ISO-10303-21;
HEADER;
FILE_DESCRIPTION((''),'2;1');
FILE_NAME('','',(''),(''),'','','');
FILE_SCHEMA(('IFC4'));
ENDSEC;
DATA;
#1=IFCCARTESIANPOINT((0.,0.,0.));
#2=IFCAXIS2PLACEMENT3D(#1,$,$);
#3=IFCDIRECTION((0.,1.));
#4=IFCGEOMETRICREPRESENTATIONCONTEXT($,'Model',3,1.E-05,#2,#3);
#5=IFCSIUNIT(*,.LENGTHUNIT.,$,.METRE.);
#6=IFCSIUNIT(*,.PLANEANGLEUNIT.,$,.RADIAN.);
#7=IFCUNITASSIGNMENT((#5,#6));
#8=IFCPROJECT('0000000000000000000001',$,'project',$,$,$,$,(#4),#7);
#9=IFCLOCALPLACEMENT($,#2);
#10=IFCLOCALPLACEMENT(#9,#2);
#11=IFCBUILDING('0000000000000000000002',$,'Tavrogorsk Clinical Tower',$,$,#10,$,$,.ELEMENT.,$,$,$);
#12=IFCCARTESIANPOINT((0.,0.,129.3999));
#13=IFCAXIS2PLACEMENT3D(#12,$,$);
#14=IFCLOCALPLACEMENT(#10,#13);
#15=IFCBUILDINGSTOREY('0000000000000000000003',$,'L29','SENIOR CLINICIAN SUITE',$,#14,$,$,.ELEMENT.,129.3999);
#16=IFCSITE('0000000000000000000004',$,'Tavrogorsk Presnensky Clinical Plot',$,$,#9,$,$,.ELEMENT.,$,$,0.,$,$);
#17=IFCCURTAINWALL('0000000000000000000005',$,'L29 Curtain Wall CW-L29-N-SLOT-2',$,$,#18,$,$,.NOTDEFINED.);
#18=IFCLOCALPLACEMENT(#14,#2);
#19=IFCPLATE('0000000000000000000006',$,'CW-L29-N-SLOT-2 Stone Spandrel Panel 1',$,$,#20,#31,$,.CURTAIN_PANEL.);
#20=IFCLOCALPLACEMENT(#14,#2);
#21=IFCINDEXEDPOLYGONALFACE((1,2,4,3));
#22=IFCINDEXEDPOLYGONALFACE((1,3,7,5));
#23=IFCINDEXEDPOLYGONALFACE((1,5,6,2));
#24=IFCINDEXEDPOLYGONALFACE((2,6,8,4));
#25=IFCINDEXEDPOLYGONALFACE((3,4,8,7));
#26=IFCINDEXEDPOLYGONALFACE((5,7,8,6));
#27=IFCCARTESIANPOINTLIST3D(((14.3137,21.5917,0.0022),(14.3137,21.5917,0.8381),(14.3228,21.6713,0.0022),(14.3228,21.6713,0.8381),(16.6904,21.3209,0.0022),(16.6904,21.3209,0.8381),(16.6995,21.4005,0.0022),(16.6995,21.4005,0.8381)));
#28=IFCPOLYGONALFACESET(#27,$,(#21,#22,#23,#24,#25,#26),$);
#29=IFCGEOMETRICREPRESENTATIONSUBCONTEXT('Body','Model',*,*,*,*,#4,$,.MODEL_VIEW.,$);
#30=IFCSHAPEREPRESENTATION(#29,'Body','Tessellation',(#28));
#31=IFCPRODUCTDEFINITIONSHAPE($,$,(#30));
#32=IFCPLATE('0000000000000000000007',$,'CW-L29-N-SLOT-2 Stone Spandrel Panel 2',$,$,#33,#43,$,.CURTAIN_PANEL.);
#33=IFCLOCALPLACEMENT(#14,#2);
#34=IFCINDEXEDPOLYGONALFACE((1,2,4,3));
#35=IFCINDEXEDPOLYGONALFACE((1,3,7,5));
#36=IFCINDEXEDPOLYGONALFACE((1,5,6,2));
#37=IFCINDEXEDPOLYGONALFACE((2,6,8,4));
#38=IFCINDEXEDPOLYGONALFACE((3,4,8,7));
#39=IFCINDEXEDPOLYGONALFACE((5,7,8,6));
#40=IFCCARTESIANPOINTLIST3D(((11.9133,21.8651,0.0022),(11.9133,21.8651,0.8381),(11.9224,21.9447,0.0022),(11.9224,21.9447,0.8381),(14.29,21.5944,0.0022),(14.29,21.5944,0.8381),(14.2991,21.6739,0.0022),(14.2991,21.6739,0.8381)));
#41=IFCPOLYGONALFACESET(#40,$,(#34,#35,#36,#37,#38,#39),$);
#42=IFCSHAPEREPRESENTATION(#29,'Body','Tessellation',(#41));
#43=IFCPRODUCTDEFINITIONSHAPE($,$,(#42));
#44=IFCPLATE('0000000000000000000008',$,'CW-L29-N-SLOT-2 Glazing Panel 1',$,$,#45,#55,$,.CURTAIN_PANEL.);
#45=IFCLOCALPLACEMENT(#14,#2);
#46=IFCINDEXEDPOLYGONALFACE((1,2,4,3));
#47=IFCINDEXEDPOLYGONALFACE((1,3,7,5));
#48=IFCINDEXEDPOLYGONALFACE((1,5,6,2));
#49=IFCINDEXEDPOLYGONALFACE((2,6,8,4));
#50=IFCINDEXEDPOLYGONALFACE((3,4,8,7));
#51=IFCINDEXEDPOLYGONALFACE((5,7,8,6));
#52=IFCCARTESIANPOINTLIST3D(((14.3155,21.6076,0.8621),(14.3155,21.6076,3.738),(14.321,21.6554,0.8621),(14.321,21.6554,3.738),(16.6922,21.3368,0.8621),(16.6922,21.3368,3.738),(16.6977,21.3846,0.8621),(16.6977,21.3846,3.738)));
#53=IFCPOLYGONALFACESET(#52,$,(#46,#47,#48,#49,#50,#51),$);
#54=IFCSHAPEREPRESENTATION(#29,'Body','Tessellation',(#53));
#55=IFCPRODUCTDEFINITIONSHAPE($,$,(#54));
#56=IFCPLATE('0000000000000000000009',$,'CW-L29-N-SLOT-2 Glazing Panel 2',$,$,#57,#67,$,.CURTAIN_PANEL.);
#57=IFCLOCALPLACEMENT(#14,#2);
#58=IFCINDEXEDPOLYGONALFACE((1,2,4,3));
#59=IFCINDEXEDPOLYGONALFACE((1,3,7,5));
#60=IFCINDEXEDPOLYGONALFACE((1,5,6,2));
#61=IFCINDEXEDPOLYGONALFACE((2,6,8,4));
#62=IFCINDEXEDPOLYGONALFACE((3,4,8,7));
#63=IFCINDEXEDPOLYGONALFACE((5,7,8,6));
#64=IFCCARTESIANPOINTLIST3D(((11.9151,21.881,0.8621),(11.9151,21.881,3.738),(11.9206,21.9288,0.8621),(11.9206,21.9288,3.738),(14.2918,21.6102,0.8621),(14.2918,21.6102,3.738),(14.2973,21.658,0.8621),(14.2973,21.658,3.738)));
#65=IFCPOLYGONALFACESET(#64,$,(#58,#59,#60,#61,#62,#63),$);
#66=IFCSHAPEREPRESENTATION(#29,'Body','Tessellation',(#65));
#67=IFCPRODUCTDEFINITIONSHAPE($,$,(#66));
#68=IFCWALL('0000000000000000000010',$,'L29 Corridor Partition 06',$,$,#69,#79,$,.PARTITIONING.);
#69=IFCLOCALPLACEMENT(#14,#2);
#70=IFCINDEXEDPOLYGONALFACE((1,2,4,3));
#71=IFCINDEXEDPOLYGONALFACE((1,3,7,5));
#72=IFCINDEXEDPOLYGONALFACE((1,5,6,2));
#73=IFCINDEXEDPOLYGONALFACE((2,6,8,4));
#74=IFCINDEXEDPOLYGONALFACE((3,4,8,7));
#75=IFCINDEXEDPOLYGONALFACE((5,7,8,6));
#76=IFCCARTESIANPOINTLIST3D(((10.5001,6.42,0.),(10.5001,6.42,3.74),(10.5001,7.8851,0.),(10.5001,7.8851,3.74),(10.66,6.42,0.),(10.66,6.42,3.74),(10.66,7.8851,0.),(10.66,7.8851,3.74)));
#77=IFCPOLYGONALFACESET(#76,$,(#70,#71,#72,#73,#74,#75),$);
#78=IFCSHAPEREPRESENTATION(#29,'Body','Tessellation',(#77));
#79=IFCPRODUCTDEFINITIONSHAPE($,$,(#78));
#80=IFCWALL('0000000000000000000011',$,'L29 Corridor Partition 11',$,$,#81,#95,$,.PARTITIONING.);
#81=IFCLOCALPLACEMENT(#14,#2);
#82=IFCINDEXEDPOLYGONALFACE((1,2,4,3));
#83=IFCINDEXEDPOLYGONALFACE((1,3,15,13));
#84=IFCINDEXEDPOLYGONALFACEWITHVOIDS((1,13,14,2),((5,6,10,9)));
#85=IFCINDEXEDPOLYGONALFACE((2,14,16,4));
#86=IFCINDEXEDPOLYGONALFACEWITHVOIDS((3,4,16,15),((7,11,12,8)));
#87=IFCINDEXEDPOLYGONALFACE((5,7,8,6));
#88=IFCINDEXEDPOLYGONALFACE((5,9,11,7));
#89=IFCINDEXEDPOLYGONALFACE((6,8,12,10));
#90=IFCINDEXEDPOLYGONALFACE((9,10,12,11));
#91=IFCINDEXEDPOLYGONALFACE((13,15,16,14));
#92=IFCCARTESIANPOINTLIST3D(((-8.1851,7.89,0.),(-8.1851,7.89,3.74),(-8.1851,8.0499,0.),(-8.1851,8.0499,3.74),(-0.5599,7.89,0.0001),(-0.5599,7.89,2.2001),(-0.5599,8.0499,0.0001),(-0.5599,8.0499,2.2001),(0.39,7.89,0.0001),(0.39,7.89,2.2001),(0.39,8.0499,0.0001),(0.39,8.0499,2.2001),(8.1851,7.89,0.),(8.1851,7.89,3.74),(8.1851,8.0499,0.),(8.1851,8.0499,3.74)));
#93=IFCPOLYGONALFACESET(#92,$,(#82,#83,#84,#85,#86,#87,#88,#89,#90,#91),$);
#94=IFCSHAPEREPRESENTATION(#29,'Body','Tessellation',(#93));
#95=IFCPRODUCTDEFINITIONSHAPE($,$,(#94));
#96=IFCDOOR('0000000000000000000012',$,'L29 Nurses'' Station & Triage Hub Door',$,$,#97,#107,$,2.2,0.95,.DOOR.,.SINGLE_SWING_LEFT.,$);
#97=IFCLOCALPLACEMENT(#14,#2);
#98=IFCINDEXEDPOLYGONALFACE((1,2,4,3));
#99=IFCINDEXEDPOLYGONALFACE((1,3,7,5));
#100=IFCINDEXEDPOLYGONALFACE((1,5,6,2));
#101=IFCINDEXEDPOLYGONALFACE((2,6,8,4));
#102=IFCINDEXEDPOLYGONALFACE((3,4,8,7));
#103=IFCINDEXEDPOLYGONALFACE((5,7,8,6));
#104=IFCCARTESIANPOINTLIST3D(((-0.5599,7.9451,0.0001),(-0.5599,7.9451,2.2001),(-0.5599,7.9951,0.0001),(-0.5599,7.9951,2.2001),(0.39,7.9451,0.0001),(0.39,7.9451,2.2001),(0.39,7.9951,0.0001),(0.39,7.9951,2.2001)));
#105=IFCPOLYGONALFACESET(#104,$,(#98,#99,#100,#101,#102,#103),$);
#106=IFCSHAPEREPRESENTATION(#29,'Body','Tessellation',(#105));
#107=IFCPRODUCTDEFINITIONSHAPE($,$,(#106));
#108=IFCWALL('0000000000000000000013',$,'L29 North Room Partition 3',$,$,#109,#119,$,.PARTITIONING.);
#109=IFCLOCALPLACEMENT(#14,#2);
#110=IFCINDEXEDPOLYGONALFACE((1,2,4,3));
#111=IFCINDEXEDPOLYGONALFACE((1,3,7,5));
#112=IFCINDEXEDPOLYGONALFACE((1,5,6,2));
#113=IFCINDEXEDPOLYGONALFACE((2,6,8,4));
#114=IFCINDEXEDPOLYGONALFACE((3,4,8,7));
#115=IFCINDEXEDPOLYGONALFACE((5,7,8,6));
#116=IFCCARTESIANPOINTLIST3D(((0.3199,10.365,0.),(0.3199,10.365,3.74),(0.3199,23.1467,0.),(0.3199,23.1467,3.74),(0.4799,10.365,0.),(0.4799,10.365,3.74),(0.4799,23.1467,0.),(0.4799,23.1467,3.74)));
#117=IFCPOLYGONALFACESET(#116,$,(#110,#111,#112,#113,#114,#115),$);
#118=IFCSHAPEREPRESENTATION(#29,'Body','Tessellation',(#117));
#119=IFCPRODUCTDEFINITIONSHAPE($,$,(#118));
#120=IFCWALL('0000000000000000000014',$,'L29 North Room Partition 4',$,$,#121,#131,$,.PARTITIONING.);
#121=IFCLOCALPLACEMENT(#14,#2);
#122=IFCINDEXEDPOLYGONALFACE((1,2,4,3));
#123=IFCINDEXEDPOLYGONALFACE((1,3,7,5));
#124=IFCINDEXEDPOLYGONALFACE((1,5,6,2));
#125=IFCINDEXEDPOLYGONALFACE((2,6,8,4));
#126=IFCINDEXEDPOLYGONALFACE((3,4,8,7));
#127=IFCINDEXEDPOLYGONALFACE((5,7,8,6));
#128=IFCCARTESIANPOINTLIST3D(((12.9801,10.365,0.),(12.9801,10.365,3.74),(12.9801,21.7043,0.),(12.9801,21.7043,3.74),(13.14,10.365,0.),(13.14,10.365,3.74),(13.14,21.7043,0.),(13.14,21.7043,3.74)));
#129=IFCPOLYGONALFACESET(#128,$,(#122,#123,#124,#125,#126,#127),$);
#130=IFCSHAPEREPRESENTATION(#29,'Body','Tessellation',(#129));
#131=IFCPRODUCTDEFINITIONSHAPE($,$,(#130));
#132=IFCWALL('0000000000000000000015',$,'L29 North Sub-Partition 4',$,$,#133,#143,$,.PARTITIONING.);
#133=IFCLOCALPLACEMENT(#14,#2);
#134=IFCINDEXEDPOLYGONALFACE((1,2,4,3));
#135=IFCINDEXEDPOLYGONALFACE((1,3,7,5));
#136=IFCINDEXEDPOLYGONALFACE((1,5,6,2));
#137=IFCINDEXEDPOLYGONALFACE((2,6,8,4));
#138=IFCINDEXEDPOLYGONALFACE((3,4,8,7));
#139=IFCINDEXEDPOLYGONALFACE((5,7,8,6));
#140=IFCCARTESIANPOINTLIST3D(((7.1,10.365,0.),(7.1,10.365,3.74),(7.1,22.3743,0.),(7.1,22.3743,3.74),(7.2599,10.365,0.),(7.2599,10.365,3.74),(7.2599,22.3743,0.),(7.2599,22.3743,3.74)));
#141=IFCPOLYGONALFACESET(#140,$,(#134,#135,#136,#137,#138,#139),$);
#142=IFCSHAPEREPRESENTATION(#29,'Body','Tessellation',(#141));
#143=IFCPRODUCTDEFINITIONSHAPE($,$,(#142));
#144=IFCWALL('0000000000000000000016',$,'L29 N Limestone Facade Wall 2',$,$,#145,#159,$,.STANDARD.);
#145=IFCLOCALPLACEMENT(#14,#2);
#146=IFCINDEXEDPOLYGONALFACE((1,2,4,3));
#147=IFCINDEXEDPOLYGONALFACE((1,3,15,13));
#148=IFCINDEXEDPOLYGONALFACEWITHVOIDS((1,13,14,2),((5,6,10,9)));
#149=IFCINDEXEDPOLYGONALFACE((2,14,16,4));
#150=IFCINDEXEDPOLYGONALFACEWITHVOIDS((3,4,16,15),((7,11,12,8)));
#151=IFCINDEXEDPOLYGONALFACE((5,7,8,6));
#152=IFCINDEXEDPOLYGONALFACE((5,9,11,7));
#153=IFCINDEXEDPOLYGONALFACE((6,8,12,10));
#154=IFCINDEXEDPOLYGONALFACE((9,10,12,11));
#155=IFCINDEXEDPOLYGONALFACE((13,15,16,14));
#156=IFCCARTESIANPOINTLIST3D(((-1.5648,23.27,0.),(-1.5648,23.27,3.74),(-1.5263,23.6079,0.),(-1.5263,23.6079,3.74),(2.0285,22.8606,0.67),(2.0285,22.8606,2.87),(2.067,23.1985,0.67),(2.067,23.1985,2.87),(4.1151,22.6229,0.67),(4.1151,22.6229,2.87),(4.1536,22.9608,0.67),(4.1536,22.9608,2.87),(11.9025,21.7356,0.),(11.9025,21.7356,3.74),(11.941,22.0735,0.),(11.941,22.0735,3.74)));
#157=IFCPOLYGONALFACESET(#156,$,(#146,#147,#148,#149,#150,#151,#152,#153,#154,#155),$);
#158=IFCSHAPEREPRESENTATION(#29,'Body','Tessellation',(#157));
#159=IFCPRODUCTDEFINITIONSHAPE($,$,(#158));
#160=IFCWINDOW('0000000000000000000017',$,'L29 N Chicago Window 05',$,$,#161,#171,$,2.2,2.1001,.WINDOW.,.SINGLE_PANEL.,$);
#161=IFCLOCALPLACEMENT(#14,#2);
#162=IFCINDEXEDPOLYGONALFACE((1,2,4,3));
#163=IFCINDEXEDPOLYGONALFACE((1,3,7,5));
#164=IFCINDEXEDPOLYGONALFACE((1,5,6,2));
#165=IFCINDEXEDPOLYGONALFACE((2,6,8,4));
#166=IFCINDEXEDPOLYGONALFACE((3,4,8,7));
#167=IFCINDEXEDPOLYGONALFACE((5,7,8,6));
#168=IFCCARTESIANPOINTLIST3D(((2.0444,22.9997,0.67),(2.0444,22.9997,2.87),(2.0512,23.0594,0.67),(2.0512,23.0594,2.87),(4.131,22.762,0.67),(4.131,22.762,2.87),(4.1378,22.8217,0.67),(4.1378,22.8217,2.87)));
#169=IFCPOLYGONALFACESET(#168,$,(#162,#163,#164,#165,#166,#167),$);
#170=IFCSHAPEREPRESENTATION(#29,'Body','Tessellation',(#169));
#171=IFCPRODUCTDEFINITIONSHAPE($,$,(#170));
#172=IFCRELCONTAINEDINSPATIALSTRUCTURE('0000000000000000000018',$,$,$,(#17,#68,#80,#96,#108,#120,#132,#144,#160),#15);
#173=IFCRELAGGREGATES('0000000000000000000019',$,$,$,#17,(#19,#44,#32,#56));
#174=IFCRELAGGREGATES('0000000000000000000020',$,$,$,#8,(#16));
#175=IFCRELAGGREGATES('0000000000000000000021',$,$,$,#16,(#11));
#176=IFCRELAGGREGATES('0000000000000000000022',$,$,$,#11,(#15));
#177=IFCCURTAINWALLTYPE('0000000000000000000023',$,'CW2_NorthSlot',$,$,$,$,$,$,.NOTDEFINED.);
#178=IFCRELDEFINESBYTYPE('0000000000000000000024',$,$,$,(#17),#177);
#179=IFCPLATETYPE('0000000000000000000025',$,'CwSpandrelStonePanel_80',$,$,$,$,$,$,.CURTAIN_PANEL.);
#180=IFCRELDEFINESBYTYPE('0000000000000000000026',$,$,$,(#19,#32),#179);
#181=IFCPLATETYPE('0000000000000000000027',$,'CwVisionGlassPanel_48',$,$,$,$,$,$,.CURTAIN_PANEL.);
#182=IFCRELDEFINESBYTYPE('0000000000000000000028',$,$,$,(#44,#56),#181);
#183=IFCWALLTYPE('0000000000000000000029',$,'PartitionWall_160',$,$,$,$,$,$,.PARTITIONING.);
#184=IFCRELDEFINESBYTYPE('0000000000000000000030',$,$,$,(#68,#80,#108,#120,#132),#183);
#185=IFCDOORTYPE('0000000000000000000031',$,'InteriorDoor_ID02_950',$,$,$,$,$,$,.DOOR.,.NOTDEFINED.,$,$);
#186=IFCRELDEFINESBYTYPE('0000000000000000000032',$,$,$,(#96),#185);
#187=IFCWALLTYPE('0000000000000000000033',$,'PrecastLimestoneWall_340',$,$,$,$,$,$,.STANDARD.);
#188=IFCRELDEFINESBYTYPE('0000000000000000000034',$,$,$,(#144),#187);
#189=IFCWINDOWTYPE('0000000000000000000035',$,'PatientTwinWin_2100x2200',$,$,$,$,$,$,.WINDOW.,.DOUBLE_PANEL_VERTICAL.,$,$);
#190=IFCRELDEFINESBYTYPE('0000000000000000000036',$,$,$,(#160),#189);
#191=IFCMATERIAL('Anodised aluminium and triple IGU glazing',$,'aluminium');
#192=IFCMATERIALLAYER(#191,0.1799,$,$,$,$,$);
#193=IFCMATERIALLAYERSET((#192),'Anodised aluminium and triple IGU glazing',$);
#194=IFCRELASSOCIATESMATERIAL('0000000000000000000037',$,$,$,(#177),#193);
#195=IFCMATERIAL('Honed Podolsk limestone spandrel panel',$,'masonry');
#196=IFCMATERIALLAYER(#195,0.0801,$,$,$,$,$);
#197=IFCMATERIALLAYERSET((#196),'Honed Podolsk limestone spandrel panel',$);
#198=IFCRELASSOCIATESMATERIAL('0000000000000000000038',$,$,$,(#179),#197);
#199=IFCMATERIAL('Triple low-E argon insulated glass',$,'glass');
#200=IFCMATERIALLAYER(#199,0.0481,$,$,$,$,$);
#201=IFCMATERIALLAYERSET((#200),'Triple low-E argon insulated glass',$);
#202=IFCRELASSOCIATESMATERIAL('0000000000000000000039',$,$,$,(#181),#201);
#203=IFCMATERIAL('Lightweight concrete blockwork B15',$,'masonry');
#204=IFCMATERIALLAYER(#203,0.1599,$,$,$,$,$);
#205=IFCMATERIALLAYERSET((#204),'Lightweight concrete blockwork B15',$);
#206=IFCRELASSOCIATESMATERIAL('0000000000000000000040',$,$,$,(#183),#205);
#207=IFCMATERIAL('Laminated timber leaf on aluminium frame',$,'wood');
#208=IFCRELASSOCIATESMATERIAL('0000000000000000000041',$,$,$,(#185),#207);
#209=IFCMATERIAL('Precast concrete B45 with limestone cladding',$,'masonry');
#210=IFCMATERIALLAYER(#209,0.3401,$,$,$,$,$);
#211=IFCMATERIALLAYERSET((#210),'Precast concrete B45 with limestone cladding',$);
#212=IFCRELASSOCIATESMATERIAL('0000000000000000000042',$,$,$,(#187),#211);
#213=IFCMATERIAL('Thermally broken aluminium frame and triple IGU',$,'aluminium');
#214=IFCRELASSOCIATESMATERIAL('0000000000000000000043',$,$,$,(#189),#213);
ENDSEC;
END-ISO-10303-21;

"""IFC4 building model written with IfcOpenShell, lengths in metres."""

from ifc_helpers import new_model, si_unit, direction, frame, frame_2d, origin, origin_2d, place, context, subcontext, project, spatial, rectangle, extrude, material, layer, layer_set, type_object, element, fill, aggregate, save


model = new_model("IFC4")

# Units and contexts
model_context = context("Model", 3, precision=1e-05, world=origin(), true_north=direction((0.0, 1.0)))
body_context = subcontext(model_context, "Body", "Model", "MODEL_VIEW")
ifc_project = project(units=[si_unit("LENGTHUNIT", "METRE"), si_unit("PLANEANGLEUNIT", "RADIAN")], contexts=[model_context])

# Site, building, storey
site_placement = place(None, origin())
site = spatial("IfcSite", under=ifc_project, at=site_placement, Name="Tavrogorsk Presnensky Clinical Plot", CompositionType="ELEMENT", RefElevation=0.0)
building_placement = place(site_placement, origin())
building = spatial("IfcBuilding", under=site, at=building_placement, Name="Tavrogorsk Clinical Tower", CompositionType="ELEMENT")
storey_placement = place(building_placement, frame((0.0, 0.0, 129.3999)))
storey = spatial("IfcBuildingStorey", under=building, at=storey_placement, Name="L29", Description="SENIOR CLINICIAN SUITE", CompositionType="ELEMENT", Elevation=129.3999)

# Curtain wall
ifc_material_1 = material(Name="Anodised aluminium and triple IGU glazing", Category="aluminium")
ifc_layer_1 = layer(ifc_material_1, 0.1799)
ifc_layer_set_1 = layer_set([ifc_layer_1], Name="Anodised aluminium and triple IGU glazing")
curtain_wall_type = type_object("IfcCurtainWallType", Name="CW2_NorthSlot", PredefinedType="NOTDEFINED", material=ifc_layer_set_1)
curtain_wall_placement = place(storey_placement, origin())
curtain_wall = element("IfcCurtainWall", 1, at=curtain_wall_placement, inside=storey, type_object=curtain_wall_type, Name="L29 Curtain Wall CW-L29-N-SLOT-2", PredefinedType="NOTDEFINED")

# Plates
ifc_material_2 = material(Name="Honed Podolsk limestone spandrel panel", Category="masonry")
ifc_layer_2 = layer(ifc_material_2, 0.0801)
ifc_layer_set_2 = layer_set([ifc_layer_2], Name="Honed Podolsk limestone spandrel panel")
plate_type_1 = type_object("IfcPlateType", Name="CwSpandrelStonePanel_80", PredefinedType="CURTAIN_PANEL", material=ifc_layer_set_2)
plate_1_placement = place(storey_placement, frame((15.5066, 21.4961, 0.0022), z_axis=(0.0, 0.0, 1.0), x_axis=(-0.993572, 0.113203, 0.0)))
plate_1 = element("IfcPlate", 2, at=plate_1_placement, type_object=plate_type_1, Name="CW-L29-N-SLOT-2 Stone Spandrel Panel 1", PredefinedType="CURTAIN_PANEL", context=body_context, shape_type="SweptSolid", body=[
    extrude(rectangle(XDim=2.3921, YDim=0.0801, at=origin_2d()), origin(), (0.0, 0.0, 1.0), 0.8359),
])
plate_2_placement = place(storey_placement, frame((13.1062, 21.7695, 0.0022), z_axis=(0.0, 0.0, 1.0), x_axis=(-0.993572, 0.113203, 0.0)))
plate_2 = element("IfcPlate", 3, at=plate_2_placement, type_object=plate_type_1, Name="CW-L29-N-SLOT-2 Stone Spandrel Panel 2", PredefinedType="CURTAIN_PANEL", context=body_context, shape_type="SweptSolid", body=[
    extrude(rectangle(XDim=2.3921, YDim=0.0801, at=origin_2d()), origin(), (0.0, 0.0, 1.0), 0.8359),
])
ifc_material_3 = material(Name="Triple low-E argon insulated glass", Category="glass")
ifc_layer_3 = layer(ifc_material_3, 0.0481)
ifc_layer_set_3 = layer_set([ifc_layer_3], Name="Triple low-E argon insulated glass")
plate_type_2 = type_object("IfcPlateType", Name="CwVisionGlassPanel_48", PredefinedType="CURTAIN_PANEL", material=ifc_layer_set_3)
plate_3_placement = place(storey_placement, frame((15.5066, 21.4961, 0.8621), z_axis=(0.0, 0.0, 1.0), x_axis=(-0.993572, 0.113203, 0.0)))
plate_3 = element("IfcPlate", 4, at=plate_3_placement, type_object=plate_type_2, Name="CW-L29-N-SLOT-2 Glazing Panel 1", PredefinedType="CURTAIN_PANEL", context=body_context, shape_type="SweptSolid", body=[
    extrude(rectangle(XDim=2.3921, YDim=0.0481, at=origin_2d()), origin(), (0.0, 0.0, 1.0), 2.876),
])
plate_4_placement = place(storey_placement, frame((13.1062, 21.7695, 0.8621), z_axis=(0.0, 0.0, 1.0), x_axis=(-0.993572, 0.113203, 0.0)))
plate_4 = element("IfcPlate", 5, at=plate_4_placement, type_object=plate_type_2, Name="CW-L29-N-SLOT-2 Glazing Panel 2", PredefinedType="CURTAIN_PANEL", context=body_context, shape_type="SweptSolid", body=[
    extrude(rectangle(XDim=2.3921, YDim=0.0481, at=origin_2d()), origin(), (0.0, 0.0, 1.0), 2.876),
])
aggregate(curtain_wall, [plate_1, plate_3, plate_2, plate_4])

# Wall
ifc_material_4 = material(Name="Lightweight concrete blockwork B15", Category="masonry")
ifc_layer_4 = layer(ifc_material_4, 0.1599)
ifc_layer_set_4 = layer_set([ifc_layer_4], Name="Lightweight concrete blockwork B15")
wall_type_1 = type_object("IfcWallType", Name="PartitionWall_160", PredefinedType="PARTITIONING", material=ifc_layer_set_4)
wall_1_placement = place(storey_placement, frame((10.5801, 7.885, 0.0), z_axis=(0.0, 0.0, 1.0), x_axis=(0.0, -1.0, 0.0)))
element("IfcWall", 6, at=wall_1_placement, inside=storey, type_object=wall_type_1, Name="L29 Corridor Partition 06", PredefinedType="PARTITIONING", context=body_context, shape_type="SweptSolid", body=[
    extrude(rectangle(XDim=1.4651, YDim=0.1599, at=frame_2d((0.7324, 0.0))), origin(), (0.0, 0.0, 1.0), 3.74),
])

# Wall, opening, door
wall_2_placement = place(storey_placement, frame((8.1851, 7.97, 0.0), z_axis=(0.0, 0.0, 1.0), x_axis=(-1.0, 0.0, 0.0)))
wall_2 = element("IfcWall", 7, at=wall_2_placement, inside=storey, type_object=wall_type_1, Name="L29 Corridor Partition 11", PredefinedType="PARTITIONING", context=body_context, shape_type="SweptSolid", body=[
    extrude(rectangle(XDim=16.3701, YDim=0.1599, at=frame_2d((8.1851, 0.0))), origin(), (0.0, 0.0, 1.0), 3.74),
])
opening_1_placement = place(wall_2_placement, frame((7.7949, 0.0, 0.0)))
opening_1 = element("IfcOpeningElement", 8, at=opening_1_placement, cuts=wall_2, PredefinedType="OPENING", context=body_context, shape_type="SweptSolid", body=[
    extrude(rectangle(XDim=0.95, YDim=2.2, at=frame_2d((0.4751, 1.1001))), frame((0.0, 0.0898, 0.0), z_axis=(0.0, -1.0, 0.0), x_axis=(1.0, 0.0, 0.0)), (0.0, 0.0, 1.0), 0.1799),
])
ifc_material_5 = material(Name="Laminated timber leaf on aluminium frame", Category="wood")
door_type = type_object("IfcDoorType", Name="InteriorDoor_ID02_950", OperationType="NOTDEFINED", PredefinedType="DOOR", material=ifc_material_5)
door_placement = place(opening_1_placement, origin())
door = element("IfcDoor", 9, at=door_placement, inside=storey, type_object=door_type, Name="L29 Nurses' Station & Triage Hub Door", OperationType="SINGLE_SWING_LEFT", OverallHeight=2.2, OverallWidth=0.95, PredefinedType="DOOR", context=body_context, shape_type="SweptSolid", body=[
    extrude(rectangle(XDim=0.95, YDim=2.2, at=frame_2d((0.4751, 1.1001))), frame((0.0, 0.0249, 0.0), z_axis=(0.0, -1.0, 0.0), x_axis=(1.0, 0.0, 0.0)), (0.0, 0.0, 1.0), 0.05),
])
fill(opening_1, door)

# Walls
wall_3_placement = place(storey_placement, frame((0.3999, 10.365, 0.0), z_axis=(0.0, 0.0, 1.0), x_axis=(0.0, 1.0, 0.0)))
element("IfcWall", 10, at=wall_3_placement, inside=storey, type_object=wall_type_1, Name="L29 North Room Partition 3", PredefinedType="PARTITIONING", context=body_context, shape_type="SweptSolid", body=[
    extrude(rectangle(XDim=12.7817, YDim=0.1599, at=frame_2d((6.3909, 0.0))), origin(), (0.0, 0.0, 1.0), 3.74),
])
wall_4_placement = place(storey_placement, frame((13.0601, 10.365, 0.0), z_axis=(0.0, 0.0, 1.0), x_axis=(0.0, 1.0, 0.0)))
element("IfcWall", 11, at=wall_4_placement, inside=storey, type_object=wall_type_1, Name="L29 North Room Partition 4", PredefinedType="PARTITIONING", context=body_context, shape_type="SweptSolid", body=[
    extrude(rectangle(XDim=11.3394, YDim=0.1599, at=frame_2d((5.6697, 0.0))), origin(), (0.0, 0.0, 1.0), 3.74),
])
wall_5_placement = place(storey_placement, frame((7.1799, 10.365, 0.0), z_axis=(0.0, 0.0, 1.0), x_axis=(0.0, 1.0, 0.0)))
element("IfcWall", 12, at=wall_5_placement, inside=storey, type_object=wall_type_1, Name="L29 North Sub-Partition 4", PredefinedType="PARTITIONING", context=body_context, shape_type="SweptSolid", body=[
    extrude(rectangle(XDim=12.0093, YDim=0.1599, at=frame_2d((6.0046, 0.0))), origin(), (0.0, 0.0, 1.0), 3.74),
])

# Wall, opening, window
ifc_material_6 = material(Name="Precast concrete B45 with limestone cladding", Category="masonry")
ifc_layer_5 = layer(ifc_material_6, 0.3401)
ifc_layer_set_5 = layer_set([ifc_layer_5], Name="Precast concrete B45 with limestone cladding")
wall_type_2 = type_object("IfcWallType", Name="PrecastLimestoneWall_340", PredefinedType="STANDARD", material=ifc_layer_set_5)
wall_6_placement = place(storey_placement, frame((11.9219, 21.9045, 0.0), z_axis=(0.0, 0.0, 1.0), x_axis=(-0.993572, 0.113205, 0.0)))
wall_6 = element("IfcWall", 13, at=wall_6_placement, inside=storey, type_object=wall_type_2, Name="L29 N Limestone Facade Wall 2", PredefinedType="STANDARD", context=body_context, shape_type="SweptSolid", body=[
    extrude(rectangle(XDim=13.5544, YDim=0.3401, at=frame_2d((6.7773, 0.0))), origin(), (0.0, 0.0, 1.0), 3.74),
])
opening_2_placement = place(wall_6_placement, frame((7.8379, 0.0, 0.6699)))
opening_2 = element("IfcOpeningElement", 14, at=opening_2_placement, cuts=wall_6, PredefinedType="OPENING", context=body_context, shape_type="SweptSolid", body=[
    extrude(rectangle(XDim=2.1001, YDim=2.2, at=frame_2d((1.05, 1.1001))), frame((0.0, 0.1799, 0.0), z_axis=(0.0, -1.0, 0.0), x_axis=(1.0, 0.0, 0.0)), (0.0, 0.0, 1.0), 0.3601),
])
ifc_material_7 = material(Name="Thermally broken aluminium frame and triple IGU", Category="aluminium")
window_type = type_object("IfcWindowType", Name="PatientTwinWin_2100x2200", PartitioningType="DOUBLE_PANEL_VERTICAL", PredefinedType="WINDOW", material=ifc_material_7)
window_placement = place(opening_2_placement, origin())
window = element("IfcWindow", 15, at=window_placement, inside=storey, type_object=window_type, Name="L29 N Chicago Window 05", OverallHeight=2.2, OverallWidth=2.1001, PartitioningType="SINGLE_PANEL", PredefinedType="WINDOW", context=body_context, shape_type="SweptSolid", body=[
    extrude(rectangle(XDim=2.1001, YDim=2.2, at=frame_2d((1.05, 1.1001))), frame((0.0, 0.03, 0.0), z_axis=(0.0, -1.0, 0.0), x_axis=(1.0, 0.0, 0.0)), (0.0, 0.0, 1.0), 0.0601),
])
fill(opening_2, window)

save(model, "model.ifc")
